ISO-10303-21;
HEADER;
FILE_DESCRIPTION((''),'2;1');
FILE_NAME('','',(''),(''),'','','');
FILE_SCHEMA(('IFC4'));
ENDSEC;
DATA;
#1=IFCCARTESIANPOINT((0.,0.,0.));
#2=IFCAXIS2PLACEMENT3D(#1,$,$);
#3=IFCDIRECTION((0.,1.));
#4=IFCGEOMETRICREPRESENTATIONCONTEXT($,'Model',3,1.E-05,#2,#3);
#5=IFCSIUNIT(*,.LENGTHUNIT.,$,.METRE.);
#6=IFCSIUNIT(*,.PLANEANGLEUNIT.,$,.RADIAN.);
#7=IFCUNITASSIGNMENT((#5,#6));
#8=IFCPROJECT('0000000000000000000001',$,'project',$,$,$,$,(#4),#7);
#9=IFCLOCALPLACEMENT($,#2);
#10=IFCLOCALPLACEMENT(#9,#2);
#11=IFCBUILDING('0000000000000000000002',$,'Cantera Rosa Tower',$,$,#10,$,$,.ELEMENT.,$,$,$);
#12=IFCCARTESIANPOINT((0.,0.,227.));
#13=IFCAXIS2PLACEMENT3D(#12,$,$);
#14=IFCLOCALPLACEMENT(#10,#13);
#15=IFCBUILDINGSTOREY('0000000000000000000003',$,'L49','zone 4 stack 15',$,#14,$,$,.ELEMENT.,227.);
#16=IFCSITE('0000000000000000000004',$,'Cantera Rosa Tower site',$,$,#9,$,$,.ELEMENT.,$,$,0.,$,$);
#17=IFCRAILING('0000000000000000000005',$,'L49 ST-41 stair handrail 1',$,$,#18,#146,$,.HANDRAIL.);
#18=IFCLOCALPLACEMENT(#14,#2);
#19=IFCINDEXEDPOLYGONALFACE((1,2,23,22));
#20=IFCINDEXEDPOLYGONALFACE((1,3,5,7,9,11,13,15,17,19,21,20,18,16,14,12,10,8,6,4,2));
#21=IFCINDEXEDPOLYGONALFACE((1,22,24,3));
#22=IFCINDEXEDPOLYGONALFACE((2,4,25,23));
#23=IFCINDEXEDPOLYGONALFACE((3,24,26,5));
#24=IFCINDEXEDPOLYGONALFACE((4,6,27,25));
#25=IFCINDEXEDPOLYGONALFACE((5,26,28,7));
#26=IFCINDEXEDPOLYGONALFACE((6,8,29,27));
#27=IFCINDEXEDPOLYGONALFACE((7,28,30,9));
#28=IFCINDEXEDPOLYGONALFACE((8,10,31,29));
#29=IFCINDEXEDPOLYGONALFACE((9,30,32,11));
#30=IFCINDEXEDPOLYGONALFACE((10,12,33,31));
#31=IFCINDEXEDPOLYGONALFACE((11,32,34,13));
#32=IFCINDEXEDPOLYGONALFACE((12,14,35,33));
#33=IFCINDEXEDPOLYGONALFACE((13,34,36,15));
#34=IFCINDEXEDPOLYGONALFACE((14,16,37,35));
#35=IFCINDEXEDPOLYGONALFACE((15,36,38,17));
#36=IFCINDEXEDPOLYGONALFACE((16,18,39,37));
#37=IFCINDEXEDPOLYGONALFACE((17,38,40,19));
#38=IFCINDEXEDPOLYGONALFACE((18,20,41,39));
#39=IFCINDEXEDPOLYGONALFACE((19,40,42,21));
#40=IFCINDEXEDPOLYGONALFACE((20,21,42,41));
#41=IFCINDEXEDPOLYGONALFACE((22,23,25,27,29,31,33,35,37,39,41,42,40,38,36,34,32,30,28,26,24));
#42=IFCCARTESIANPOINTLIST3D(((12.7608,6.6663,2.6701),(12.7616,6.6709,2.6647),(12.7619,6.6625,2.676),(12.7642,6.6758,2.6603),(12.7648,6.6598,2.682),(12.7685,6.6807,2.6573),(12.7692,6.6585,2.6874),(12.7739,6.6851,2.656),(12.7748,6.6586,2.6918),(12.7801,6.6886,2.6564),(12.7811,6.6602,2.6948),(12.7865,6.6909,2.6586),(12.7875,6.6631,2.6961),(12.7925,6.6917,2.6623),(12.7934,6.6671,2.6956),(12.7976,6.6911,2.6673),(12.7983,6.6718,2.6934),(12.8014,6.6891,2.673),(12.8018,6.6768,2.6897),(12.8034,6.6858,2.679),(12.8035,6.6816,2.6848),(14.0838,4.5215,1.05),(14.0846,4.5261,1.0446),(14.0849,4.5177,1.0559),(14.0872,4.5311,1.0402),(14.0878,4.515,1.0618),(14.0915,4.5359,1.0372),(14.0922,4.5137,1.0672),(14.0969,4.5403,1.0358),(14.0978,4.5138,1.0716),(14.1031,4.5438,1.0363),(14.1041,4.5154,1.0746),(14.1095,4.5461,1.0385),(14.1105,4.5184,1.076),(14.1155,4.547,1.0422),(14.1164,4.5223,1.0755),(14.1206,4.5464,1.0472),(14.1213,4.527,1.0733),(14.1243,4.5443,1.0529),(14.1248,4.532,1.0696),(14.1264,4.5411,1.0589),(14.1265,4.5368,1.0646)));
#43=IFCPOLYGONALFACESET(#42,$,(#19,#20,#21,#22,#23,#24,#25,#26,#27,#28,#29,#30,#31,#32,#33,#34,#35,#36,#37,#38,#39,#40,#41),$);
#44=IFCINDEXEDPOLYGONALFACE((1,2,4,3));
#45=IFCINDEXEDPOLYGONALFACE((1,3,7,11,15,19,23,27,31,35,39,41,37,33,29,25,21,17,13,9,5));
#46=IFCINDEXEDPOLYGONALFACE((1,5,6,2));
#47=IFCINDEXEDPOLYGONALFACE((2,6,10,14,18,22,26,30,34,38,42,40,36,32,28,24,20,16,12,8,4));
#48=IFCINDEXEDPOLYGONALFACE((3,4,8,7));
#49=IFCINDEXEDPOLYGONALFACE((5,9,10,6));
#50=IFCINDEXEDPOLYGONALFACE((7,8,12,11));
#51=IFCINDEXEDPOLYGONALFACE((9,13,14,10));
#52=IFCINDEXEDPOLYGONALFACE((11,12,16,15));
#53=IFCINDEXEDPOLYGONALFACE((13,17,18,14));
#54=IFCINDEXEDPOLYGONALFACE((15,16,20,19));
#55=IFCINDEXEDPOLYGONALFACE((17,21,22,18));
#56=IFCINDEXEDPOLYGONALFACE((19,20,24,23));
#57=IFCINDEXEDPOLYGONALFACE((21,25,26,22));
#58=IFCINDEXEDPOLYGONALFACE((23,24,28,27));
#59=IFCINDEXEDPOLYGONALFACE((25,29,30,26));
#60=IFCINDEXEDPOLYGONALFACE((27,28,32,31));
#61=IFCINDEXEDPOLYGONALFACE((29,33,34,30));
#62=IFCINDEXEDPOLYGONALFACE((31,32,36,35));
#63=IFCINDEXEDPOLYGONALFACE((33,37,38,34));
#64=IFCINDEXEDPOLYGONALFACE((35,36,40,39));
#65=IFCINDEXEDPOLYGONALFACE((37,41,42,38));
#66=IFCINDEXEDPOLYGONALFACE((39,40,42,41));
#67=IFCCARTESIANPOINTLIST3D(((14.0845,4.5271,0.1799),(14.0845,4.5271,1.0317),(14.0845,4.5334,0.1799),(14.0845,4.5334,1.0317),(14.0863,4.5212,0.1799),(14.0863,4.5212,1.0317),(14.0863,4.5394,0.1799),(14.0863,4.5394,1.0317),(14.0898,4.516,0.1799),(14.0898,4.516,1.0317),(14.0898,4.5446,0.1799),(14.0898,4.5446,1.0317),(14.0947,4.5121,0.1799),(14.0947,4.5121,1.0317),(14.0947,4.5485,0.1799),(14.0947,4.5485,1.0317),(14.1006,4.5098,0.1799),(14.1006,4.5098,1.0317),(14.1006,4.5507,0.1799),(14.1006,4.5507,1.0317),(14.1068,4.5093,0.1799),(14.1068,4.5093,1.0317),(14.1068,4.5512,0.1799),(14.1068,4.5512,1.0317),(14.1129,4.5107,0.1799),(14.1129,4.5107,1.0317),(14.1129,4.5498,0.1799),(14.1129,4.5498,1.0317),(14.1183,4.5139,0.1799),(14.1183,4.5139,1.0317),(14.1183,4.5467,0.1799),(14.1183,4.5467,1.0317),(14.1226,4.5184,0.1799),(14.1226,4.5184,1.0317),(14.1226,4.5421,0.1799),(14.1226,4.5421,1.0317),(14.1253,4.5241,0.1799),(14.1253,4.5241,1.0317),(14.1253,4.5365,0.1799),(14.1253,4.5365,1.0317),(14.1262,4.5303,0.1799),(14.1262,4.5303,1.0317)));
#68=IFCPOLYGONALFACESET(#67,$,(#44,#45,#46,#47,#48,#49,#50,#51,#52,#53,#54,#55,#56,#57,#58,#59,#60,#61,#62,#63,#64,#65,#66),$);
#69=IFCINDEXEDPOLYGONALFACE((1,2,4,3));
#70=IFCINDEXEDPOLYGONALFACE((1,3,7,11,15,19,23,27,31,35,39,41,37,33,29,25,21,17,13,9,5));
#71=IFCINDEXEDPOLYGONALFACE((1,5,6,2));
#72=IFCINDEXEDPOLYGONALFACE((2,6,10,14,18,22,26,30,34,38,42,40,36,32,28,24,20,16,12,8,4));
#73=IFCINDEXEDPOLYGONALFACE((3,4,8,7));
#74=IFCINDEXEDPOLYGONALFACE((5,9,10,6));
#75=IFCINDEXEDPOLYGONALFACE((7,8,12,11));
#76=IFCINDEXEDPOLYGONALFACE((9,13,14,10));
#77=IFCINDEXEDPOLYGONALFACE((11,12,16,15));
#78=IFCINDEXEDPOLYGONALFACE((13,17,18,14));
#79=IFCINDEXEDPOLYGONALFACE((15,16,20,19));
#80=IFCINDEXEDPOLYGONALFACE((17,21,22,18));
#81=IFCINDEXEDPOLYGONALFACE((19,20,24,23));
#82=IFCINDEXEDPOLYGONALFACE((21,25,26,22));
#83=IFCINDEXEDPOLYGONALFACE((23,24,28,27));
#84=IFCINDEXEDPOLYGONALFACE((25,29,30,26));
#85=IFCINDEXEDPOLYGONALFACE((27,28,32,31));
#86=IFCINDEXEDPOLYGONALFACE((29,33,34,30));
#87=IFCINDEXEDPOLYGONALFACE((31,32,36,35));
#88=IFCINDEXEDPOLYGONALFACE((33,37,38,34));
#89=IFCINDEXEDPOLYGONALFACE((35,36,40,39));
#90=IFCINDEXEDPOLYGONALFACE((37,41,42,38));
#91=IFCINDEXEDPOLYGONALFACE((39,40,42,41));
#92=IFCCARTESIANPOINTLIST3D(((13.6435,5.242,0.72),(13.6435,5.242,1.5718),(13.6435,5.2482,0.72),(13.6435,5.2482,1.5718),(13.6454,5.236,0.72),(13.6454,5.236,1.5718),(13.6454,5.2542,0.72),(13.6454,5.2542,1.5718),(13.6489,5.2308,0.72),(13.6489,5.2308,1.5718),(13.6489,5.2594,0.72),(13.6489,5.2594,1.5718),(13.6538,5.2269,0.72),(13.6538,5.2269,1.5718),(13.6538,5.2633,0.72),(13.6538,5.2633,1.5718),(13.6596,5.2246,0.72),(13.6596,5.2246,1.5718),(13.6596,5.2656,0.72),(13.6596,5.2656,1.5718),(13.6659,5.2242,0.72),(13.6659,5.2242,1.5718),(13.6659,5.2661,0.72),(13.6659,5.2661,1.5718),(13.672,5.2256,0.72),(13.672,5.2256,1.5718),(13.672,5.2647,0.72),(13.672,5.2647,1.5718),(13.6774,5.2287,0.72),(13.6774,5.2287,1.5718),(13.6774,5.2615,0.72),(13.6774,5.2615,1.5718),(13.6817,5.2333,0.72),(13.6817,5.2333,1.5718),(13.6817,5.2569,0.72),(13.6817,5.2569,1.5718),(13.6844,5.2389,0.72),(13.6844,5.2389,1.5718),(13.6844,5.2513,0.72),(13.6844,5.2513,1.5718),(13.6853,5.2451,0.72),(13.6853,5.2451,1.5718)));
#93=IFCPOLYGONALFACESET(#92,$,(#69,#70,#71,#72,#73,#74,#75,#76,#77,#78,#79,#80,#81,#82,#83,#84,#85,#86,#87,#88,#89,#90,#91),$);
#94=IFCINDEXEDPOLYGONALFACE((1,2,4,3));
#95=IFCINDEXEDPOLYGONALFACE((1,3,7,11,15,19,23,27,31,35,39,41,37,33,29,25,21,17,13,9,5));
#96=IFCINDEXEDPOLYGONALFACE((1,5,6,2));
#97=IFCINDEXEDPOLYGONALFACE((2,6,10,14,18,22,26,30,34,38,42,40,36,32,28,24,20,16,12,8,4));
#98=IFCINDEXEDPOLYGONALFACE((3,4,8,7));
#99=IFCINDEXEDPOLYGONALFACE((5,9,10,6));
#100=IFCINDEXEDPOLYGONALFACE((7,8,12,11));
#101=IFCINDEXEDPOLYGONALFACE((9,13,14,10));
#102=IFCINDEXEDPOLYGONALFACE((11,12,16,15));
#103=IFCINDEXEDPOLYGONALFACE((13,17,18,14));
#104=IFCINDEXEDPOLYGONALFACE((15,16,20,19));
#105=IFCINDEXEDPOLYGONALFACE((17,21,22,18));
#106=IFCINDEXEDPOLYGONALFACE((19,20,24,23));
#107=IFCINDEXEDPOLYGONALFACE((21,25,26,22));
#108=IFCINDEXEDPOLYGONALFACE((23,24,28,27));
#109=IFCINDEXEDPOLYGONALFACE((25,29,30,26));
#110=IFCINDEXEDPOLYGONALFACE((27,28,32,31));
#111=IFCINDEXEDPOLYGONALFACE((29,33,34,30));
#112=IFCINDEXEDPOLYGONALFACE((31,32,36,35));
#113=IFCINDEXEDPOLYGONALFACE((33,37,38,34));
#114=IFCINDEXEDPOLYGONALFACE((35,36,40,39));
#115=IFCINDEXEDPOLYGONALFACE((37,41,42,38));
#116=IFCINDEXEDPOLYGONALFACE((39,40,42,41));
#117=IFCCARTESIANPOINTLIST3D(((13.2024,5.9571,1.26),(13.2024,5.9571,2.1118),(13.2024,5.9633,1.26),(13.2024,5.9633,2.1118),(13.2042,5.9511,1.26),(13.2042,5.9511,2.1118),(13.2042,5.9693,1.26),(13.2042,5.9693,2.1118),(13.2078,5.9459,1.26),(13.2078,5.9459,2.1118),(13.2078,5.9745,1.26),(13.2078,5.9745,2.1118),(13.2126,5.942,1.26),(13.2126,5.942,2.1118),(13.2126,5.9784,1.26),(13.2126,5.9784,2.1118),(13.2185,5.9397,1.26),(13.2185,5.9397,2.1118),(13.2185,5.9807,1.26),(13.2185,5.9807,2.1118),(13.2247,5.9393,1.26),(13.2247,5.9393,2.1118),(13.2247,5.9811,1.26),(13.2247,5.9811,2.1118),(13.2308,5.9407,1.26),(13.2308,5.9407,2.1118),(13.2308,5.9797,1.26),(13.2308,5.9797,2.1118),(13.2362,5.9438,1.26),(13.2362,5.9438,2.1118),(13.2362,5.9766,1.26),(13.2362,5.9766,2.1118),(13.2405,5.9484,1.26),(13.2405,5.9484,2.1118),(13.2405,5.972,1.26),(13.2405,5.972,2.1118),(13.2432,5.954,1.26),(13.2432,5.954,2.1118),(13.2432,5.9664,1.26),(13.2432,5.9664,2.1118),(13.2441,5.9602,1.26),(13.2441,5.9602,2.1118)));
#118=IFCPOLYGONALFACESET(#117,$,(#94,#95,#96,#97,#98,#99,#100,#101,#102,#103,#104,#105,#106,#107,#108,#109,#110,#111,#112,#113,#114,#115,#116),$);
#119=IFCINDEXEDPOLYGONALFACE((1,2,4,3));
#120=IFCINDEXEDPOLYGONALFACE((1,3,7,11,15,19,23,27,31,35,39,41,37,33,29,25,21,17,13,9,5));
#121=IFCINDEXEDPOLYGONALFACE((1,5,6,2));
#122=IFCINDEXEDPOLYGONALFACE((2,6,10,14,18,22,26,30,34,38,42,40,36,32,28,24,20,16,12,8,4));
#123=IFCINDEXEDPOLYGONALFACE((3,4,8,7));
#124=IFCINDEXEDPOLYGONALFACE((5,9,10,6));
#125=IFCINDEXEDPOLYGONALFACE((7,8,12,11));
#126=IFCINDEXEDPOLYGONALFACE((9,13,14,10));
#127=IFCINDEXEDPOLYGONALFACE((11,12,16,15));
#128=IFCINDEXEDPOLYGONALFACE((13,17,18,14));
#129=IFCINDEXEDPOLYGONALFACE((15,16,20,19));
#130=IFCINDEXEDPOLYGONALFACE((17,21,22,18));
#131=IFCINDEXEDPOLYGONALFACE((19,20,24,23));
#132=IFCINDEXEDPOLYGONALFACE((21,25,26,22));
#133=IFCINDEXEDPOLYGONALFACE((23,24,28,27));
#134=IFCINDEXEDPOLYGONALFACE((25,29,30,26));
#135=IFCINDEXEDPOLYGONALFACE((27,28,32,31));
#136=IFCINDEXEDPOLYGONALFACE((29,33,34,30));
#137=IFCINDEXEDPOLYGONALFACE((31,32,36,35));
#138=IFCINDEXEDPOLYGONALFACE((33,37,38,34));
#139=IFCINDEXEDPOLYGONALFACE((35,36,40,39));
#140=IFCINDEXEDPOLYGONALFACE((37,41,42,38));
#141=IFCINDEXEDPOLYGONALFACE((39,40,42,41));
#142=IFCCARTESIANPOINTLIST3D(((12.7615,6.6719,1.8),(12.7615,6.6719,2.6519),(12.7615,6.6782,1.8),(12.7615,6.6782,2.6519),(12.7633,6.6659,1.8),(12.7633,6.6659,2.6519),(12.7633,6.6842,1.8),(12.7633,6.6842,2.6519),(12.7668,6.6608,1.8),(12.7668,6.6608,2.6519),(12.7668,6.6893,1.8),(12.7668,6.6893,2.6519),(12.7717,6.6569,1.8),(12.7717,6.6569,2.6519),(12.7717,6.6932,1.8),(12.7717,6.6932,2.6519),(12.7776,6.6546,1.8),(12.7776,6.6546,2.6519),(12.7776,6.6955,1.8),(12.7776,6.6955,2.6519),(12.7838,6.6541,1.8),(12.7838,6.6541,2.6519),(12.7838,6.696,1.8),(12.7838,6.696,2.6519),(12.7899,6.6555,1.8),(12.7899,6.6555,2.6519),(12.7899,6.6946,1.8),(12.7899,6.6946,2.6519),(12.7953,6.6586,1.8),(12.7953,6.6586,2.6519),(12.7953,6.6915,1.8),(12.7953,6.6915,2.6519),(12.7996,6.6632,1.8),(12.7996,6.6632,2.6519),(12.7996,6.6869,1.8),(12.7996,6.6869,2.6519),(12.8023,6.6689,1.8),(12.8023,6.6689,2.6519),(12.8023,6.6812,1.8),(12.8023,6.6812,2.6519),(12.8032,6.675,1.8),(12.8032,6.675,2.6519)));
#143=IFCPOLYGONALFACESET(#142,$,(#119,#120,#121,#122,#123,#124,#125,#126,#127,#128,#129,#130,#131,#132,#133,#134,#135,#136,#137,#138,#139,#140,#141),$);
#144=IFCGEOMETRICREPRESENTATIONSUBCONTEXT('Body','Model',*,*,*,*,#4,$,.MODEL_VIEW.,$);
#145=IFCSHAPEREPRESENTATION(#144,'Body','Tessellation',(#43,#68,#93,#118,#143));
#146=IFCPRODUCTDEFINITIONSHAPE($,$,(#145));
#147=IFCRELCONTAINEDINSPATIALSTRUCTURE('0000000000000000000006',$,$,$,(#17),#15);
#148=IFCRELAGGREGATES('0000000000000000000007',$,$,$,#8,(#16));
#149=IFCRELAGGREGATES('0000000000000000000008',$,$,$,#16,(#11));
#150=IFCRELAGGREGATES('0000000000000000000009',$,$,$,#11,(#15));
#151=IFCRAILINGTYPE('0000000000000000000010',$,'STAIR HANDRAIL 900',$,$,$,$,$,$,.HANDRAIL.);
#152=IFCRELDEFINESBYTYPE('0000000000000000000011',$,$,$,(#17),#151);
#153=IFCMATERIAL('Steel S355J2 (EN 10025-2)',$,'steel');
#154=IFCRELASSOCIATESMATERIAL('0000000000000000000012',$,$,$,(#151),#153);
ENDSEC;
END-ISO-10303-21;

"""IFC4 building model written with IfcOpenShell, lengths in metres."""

from ifc_helpers import new_model, si_unit, direction, frame, origin, origin_2d, place, context, subcontext, project, spatial, circle, extrude, material, type_object, element, save


model = new_model("IFC4")

# Units and contexts
model_context = context("Model", 3, precision=1e-05, world=origin(), true_north=direction((0.0, 1.0)))
body_context = subcontext(model_context, "Body", "Model", "MODEL_VIEW")
ifc_project = project(units=[si_unit("LENGTHUNIT", "METRE"), si_unit("PLANEANGLEUNIT", "RADIAN")], contexts=[model_context])

# Site, building, storey
site_placement = place(None, origin())
site = spatial("IfcSite", under=ifc_project, at=site_placement, Name="Cantera Rosa Tower site", CompositionType="ELEMENT", RefElevation=0.0)
building_placement = place(site_placement, origin())
building = spatial("IfcBuilding", under=site, at=building_placement, Name="Cantera Rosa Tower", CompositionType="ELEMENT")
storey_placement = place(building_placement, frame((0.0, 0.0, 227.0)))
storey = spatial("IfcBuildingStorey", under=building, at=storey_placement, Name="L49", Description="zone 4 stack 15", CompositionType="ELEMENT", Elevation=227.0)

# Railing
ifc_material_1 = material(Name="Steel S355J2 (EN 10025-2)", Category="steel")
railing_type_1 = type_object("IfcRailingType", Name="STAIR HANDRAIL 900", PredefinedType="HANDRAIL", material=ifc_material_1)
railing_1_placement = place(storey_placement, frame((14.1052, 4.5303, 0.1799)))
element("IfcRailing", 1, at=railing_1_placement, inside=storey, type_object=railing_type_1, Name="L49 ST-41 stair handrail 1", PredefinedType="HANDRAIL", context=body_context, shape_type="SweptSolid", body=[
    extrude(circle(Radius=0.0239, at=origin_2d()), frame((0.0, 0.0, 0.876), z_axis=(-0.441609, 0.715914, 0.540786), x_axis=(-0.851102, -0.525, 0.0)), (0.0, 0.0, 1.0), 2.9958),
    extrude(circle(Radius=0.021, at=origin_2d()), origin(), (0.0, 0.0, 1.0), 0.8518),
    extrude(circle(Radius=0.021, at=origin_2d()), frame((-0.4409, 0.7148, 0.54)), (0.0, 0.0, 1.0), 0.8518),
    extrude(circle(Radius=0.021, at=origin_2d()), frame((-0.8821, 1.4299, 1.0801)), (0.0, 0.0, 1.0), 0.8518),
    extrude(circle(Radius=0.021, at=origin_2d()), frame((-1.323, 2.1448, 1.6201)), (0.0, 0.0, 1.0), 0.8518),
])

save(model, "model.ifc")
